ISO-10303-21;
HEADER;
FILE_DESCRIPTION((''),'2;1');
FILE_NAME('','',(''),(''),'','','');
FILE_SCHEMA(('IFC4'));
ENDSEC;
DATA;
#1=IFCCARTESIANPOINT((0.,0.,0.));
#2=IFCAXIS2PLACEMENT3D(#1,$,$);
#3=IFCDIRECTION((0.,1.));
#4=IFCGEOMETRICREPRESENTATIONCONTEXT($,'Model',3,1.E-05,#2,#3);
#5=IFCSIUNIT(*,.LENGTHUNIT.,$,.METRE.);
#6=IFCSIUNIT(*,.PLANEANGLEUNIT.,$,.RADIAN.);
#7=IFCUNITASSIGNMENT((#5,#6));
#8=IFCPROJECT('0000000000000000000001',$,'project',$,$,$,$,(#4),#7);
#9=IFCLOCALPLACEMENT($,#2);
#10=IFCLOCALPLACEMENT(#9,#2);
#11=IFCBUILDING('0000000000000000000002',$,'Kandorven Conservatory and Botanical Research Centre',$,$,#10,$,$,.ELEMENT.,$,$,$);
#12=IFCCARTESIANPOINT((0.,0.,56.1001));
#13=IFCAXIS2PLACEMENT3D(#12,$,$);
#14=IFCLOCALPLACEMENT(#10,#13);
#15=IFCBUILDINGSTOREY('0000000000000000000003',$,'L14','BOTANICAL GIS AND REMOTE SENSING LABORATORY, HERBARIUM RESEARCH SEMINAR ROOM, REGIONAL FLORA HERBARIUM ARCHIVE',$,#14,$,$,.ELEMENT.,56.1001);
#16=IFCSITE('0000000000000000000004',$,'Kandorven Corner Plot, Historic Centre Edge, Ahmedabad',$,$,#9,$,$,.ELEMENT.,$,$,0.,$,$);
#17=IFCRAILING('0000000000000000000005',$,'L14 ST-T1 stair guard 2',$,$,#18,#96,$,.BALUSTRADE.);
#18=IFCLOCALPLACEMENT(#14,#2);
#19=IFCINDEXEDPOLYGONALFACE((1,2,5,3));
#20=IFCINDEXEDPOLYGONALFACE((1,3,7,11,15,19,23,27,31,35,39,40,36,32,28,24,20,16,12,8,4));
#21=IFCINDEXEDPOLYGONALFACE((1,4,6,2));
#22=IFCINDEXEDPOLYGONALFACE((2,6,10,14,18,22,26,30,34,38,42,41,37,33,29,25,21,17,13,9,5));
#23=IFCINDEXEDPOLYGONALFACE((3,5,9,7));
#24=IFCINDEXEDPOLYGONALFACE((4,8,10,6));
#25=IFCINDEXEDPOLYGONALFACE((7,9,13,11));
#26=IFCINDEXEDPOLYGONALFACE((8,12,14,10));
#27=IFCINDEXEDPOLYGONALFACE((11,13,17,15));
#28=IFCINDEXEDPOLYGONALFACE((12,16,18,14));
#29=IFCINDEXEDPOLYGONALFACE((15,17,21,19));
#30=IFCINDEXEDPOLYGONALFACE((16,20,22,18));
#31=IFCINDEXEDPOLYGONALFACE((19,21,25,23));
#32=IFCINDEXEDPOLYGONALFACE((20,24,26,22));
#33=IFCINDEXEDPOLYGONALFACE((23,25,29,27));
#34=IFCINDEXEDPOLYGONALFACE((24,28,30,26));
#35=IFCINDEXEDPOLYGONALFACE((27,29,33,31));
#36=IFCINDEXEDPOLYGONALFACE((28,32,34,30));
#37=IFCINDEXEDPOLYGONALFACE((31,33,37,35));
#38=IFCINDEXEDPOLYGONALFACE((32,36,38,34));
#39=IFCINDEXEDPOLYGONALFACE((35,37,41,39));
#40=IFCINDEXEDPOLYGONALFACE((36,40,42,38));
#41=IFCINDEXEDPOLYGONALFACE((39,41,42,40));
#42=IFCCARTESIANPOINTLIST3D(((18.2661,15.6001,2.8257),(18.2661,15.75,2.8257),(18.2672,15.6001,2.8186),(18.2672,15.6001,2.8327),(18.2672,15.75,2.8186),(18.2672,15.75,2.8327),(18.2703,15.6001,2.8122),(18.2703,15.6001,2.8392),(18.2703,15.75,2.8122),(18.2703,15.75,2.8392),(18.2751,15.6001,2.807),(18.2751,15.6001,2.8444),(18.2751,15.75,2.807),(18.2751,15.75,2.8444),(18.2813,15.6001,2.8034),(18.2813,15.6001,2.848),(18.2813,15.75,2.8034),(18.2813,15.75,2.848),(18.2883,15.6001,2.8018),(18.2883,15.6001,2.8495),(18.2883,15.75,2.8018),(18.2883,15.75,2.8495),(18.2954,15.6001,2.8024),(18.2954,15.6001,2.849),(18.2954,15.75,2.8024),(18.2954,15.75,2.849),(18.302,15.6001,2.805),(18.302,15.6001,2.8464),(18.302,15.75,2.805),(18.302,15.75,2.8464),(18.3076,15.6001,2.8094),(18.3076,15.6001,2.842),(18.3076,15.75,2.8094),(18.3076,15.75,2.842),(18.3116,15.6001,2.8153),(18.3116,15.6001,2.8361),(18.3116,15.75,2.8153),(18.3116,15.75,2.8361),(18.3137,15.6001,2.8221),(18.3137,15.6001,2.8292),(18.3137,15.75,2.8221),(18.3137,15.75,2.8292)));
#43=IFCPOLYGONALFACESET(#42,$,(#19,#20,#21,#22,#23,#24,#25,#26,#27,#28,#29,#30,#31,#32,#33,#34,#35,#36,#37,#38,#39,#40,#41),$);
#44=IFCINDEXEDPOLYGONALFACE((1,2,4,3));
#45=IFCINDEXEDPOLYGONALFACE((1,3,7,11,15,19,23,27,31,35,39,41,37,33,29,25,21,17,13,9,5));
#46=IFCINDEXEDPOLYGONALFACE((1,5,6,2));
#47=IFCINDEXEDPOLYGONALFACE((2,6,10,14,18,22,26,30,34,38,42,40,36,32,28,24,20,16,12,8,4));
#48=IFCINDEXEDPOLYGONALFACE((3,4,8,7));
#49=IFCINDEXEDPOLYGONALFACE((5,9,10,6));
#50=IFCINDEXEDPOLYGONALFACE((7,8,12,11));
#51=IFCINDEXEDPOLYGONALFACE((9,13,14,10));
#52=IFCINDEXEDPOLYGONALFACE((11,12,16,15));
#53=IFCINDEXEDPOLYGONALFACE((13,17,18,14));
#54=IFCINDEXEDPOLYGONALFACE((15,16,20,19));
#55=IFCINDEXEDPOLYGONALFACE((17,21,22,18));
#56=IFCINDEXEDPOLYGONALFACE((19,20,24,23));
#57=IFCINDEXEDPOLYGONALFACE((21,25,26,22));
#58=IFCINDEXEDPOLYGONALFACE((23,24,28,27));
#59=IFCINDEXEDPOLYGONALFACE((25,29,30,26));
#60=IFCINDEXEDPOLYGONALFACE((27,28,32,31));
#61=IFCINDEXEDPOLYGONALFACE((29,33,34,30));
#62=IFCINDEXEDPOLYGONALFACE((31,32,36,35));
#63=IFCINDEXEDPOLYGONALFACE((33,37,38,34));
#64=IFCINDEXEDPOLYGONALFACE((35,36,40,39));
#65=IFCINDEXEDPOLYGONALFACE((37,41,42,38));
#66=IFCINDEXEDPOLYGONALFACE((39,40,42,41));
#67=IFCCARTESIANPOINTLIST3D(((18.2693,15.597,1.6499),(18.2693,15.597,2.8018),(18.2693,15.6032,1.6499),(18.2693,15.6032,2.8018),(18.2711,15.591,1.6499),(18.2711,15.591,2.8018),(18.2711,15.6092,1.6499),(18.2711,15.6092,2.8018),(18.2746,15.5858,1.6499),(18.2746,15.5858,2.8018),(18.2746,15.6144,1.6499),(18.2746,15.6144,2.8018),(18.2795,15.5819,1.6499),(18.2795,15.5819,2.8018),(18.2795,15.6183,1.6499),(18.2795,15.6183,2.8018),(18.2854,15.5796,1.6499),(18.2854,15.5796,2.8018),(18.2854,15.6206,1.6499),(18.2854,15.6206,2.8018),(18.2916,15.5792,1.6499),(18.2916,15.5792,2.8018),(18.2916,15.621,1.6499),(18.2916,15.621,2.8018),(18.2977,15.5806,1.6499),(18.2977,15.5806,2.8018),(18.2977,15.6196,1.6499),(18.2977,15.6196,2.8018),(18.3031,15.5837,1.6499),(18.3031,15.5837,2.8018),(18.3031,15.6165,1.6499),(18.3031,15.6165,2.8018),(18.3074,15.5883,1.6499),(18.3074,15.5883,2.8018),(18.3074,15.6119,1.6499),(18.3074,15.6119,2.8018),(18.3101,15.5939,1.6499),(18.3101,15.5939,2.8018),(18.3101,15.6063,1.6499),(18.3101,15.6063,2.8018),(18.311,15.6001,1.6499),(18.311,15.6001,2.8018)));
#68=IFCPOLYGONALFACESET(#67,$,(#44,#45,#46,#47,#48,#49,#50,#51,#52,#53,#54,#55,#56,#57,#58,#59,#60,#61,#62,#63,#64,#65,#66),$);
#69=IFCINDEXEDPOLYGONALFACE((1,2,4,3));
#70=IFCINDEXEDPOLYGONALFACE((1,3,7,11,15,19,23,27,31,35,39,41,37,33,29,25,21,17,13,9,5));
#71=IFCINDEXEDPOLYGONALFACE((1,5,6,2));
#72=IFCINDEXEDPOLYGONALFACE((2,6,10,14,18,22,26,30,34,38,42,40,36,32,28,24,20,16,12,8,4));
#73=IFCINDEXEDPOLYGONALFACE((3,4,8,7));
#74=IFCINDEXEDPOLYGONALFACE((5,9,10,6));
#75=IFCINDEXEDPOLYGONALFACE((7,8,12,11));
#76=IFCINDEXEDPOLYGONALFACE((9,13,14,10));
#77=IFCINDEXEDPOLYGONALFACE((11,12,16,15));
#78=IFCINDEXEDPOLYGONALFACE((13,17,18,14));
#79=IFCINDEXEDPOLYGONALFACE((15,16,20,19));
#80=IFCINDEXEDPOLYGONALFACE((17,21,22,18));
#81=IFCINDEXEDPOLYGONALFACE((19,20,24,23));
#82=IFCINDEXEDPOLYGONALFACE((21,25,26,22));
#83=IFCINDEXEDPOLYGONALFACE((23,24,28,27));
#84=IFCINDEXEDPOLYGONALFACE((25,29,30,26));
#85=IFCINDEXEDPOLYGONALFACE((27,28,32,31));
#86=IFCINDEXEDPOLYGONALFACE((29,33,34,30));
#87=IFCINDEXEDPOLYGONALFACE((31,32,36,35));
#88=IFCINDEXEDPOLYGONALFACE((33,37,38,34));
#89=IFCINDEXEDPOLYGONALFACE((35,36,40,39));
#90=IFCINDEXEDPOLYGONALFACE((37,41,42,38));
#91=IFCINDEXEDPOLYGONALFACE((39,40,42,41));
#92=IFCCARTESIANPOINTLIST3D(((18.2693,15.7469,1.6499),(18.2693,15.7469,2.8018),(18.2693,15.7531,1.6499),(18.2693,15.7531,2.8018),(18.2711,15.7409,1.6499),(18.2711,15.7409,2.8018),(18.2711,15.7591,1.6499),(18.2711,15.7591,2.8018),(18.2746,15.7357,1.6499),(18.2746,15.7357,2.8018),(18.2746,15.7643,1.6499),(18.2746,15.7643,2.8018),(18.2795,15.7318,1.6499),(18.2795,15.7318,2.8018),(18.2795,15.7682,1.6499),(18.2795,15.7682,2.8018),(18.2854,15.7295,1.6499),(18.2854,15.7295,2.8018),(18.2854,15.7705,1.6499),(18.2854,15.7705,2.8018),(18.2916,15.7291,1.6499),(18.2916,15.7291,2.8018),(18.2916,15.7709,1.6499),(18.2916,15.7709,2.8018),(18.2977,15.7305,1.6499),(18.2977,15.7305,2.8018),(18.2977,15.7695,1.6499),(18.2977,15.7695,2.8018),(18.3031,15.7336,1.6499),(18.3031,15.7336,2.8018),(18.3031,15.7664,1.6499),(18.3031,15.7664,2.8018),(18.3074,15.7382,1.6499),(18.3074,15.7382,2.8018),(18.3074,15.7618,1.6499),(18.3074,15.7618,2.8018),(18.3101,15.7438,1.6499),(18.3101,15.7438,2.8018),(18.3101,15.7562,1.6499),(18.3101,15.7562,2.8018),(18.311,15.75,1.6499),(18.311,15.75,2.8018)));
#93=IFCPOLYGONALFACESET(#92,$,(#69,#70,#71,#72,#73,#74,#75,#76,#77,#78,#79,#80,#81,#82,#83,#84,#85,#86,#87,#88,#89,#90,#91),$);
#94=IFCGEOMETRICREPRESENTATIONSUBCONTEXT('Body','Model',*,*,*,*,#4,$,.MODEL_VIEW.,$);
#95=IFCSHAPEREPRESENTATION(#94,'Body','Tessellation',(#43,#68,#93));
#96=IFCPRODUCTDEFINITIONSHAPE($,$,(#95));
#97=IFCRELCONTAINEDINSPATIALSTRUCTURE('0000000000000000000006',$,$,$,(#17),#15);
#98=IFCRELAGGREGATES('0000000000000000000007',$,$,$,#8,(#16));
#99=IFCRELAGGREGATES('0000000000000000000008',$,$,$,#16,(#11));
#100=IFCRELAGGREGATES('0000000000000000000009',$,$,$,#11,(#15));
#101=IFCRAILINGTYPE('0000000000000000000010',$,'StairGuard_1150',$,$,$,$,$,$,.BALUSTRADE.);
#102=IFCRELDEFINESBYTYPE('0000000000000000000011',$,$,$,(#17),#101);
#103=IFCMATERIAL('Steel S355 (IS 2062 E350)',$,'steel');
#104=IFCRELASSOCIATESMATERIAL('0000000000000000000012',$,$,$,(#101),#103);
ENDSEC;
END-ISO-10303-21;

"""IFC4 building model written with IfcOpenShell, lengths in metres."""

from ifc_helpers import new_model, si_unit, direction, frame, origin, origin_2d, place, context, subcontext, project, spatial, circle, extrude, material, type_object, element, save


model = new_model("IFC4")

# Units and contexts
model_context = context("Model", 3, precision=1e-05, world=origin(), true_north=direction((0.0, 1.0)))
body_context = subcontext(model_context, "Body", "Model", "MODEL_VIEW")
ifc_project = project(units=[si_unit("LENGTHUNIT", "METRE"), si_unit("PLANEANGLEUNIT", "RADIAN")], contexts=[model_context])

# Site, building, storey
site_placement = place(None, origin())
site = spatial("IfcSite", under=ifc_project, at=site_placement, Name="Kandorven Corner Plot, Historic Centre Edge, Ahmedabad", CompositionType="ELEMENT", RefElevation=0.0)
building_placement = place(site_placement, origin())
building = spatial("IfcBuilding", under=site, at=building_placement, Name="Kandorven Conservatory and Botanical Research Centre", CompositionType="ELEMENT")
storey_placement = place(building_placement, frame((0.0, 0.0, 56.1001)))
storey = spatial("IfcBuildingStorey", under=building, at=storey_placement, Name="L14", Description="BOTANICAL GIS AND REMOTE SENSING LABORATORY, HERBARIUM RESEARCH SEMINAR ROOM, REGIONAL FLORA HERBARIUM ARCHIVE", CompositionType="ELEMENT", Elevation=56.1001)

# Railing
ifc_material_1 = material(Name="Steel S355 (IS 2062 E350)", Category="steel")
railing_type_1 = type_object("IfcRailingType", Name="StairGuard_1150", PredefinedType="BALUSTRADE", material=ifc_material_1)
railing_1_placement = place(storey_placement, frame((18.29, 15.6001, 1.6499)))
element("IfcRailing", 1, at=railing_1_placement, inside=storey, type_object=railing_type_1, Name="L14 ST-T1 stair guard 2", PredefinedType="BALUSTRADE", context=body_context, shape_type="SweptSolid", body=[
    extrude(circle(Radius=0.0239, at=origin_2d()), frame((0.0, 0.0, 1.1758), z_axis=(0.0, 1.0, 0.0), x_axis=(-1.0, 0.0, 0.0)), (0.0, 0.0, 1.0), 0.1499),
    extrude(circle(Radius=0.021, at=origin_2d()), origin(), (0.0, 0.0, 1.0), 1.1519),
    extrude(circle(Radius=0.021, at=origin_2d()), frame((0.0, 0.1499, 0.0)), (0.0, 0.0, 1.0), 1.1519),
])

save(model, "model.ifc")
